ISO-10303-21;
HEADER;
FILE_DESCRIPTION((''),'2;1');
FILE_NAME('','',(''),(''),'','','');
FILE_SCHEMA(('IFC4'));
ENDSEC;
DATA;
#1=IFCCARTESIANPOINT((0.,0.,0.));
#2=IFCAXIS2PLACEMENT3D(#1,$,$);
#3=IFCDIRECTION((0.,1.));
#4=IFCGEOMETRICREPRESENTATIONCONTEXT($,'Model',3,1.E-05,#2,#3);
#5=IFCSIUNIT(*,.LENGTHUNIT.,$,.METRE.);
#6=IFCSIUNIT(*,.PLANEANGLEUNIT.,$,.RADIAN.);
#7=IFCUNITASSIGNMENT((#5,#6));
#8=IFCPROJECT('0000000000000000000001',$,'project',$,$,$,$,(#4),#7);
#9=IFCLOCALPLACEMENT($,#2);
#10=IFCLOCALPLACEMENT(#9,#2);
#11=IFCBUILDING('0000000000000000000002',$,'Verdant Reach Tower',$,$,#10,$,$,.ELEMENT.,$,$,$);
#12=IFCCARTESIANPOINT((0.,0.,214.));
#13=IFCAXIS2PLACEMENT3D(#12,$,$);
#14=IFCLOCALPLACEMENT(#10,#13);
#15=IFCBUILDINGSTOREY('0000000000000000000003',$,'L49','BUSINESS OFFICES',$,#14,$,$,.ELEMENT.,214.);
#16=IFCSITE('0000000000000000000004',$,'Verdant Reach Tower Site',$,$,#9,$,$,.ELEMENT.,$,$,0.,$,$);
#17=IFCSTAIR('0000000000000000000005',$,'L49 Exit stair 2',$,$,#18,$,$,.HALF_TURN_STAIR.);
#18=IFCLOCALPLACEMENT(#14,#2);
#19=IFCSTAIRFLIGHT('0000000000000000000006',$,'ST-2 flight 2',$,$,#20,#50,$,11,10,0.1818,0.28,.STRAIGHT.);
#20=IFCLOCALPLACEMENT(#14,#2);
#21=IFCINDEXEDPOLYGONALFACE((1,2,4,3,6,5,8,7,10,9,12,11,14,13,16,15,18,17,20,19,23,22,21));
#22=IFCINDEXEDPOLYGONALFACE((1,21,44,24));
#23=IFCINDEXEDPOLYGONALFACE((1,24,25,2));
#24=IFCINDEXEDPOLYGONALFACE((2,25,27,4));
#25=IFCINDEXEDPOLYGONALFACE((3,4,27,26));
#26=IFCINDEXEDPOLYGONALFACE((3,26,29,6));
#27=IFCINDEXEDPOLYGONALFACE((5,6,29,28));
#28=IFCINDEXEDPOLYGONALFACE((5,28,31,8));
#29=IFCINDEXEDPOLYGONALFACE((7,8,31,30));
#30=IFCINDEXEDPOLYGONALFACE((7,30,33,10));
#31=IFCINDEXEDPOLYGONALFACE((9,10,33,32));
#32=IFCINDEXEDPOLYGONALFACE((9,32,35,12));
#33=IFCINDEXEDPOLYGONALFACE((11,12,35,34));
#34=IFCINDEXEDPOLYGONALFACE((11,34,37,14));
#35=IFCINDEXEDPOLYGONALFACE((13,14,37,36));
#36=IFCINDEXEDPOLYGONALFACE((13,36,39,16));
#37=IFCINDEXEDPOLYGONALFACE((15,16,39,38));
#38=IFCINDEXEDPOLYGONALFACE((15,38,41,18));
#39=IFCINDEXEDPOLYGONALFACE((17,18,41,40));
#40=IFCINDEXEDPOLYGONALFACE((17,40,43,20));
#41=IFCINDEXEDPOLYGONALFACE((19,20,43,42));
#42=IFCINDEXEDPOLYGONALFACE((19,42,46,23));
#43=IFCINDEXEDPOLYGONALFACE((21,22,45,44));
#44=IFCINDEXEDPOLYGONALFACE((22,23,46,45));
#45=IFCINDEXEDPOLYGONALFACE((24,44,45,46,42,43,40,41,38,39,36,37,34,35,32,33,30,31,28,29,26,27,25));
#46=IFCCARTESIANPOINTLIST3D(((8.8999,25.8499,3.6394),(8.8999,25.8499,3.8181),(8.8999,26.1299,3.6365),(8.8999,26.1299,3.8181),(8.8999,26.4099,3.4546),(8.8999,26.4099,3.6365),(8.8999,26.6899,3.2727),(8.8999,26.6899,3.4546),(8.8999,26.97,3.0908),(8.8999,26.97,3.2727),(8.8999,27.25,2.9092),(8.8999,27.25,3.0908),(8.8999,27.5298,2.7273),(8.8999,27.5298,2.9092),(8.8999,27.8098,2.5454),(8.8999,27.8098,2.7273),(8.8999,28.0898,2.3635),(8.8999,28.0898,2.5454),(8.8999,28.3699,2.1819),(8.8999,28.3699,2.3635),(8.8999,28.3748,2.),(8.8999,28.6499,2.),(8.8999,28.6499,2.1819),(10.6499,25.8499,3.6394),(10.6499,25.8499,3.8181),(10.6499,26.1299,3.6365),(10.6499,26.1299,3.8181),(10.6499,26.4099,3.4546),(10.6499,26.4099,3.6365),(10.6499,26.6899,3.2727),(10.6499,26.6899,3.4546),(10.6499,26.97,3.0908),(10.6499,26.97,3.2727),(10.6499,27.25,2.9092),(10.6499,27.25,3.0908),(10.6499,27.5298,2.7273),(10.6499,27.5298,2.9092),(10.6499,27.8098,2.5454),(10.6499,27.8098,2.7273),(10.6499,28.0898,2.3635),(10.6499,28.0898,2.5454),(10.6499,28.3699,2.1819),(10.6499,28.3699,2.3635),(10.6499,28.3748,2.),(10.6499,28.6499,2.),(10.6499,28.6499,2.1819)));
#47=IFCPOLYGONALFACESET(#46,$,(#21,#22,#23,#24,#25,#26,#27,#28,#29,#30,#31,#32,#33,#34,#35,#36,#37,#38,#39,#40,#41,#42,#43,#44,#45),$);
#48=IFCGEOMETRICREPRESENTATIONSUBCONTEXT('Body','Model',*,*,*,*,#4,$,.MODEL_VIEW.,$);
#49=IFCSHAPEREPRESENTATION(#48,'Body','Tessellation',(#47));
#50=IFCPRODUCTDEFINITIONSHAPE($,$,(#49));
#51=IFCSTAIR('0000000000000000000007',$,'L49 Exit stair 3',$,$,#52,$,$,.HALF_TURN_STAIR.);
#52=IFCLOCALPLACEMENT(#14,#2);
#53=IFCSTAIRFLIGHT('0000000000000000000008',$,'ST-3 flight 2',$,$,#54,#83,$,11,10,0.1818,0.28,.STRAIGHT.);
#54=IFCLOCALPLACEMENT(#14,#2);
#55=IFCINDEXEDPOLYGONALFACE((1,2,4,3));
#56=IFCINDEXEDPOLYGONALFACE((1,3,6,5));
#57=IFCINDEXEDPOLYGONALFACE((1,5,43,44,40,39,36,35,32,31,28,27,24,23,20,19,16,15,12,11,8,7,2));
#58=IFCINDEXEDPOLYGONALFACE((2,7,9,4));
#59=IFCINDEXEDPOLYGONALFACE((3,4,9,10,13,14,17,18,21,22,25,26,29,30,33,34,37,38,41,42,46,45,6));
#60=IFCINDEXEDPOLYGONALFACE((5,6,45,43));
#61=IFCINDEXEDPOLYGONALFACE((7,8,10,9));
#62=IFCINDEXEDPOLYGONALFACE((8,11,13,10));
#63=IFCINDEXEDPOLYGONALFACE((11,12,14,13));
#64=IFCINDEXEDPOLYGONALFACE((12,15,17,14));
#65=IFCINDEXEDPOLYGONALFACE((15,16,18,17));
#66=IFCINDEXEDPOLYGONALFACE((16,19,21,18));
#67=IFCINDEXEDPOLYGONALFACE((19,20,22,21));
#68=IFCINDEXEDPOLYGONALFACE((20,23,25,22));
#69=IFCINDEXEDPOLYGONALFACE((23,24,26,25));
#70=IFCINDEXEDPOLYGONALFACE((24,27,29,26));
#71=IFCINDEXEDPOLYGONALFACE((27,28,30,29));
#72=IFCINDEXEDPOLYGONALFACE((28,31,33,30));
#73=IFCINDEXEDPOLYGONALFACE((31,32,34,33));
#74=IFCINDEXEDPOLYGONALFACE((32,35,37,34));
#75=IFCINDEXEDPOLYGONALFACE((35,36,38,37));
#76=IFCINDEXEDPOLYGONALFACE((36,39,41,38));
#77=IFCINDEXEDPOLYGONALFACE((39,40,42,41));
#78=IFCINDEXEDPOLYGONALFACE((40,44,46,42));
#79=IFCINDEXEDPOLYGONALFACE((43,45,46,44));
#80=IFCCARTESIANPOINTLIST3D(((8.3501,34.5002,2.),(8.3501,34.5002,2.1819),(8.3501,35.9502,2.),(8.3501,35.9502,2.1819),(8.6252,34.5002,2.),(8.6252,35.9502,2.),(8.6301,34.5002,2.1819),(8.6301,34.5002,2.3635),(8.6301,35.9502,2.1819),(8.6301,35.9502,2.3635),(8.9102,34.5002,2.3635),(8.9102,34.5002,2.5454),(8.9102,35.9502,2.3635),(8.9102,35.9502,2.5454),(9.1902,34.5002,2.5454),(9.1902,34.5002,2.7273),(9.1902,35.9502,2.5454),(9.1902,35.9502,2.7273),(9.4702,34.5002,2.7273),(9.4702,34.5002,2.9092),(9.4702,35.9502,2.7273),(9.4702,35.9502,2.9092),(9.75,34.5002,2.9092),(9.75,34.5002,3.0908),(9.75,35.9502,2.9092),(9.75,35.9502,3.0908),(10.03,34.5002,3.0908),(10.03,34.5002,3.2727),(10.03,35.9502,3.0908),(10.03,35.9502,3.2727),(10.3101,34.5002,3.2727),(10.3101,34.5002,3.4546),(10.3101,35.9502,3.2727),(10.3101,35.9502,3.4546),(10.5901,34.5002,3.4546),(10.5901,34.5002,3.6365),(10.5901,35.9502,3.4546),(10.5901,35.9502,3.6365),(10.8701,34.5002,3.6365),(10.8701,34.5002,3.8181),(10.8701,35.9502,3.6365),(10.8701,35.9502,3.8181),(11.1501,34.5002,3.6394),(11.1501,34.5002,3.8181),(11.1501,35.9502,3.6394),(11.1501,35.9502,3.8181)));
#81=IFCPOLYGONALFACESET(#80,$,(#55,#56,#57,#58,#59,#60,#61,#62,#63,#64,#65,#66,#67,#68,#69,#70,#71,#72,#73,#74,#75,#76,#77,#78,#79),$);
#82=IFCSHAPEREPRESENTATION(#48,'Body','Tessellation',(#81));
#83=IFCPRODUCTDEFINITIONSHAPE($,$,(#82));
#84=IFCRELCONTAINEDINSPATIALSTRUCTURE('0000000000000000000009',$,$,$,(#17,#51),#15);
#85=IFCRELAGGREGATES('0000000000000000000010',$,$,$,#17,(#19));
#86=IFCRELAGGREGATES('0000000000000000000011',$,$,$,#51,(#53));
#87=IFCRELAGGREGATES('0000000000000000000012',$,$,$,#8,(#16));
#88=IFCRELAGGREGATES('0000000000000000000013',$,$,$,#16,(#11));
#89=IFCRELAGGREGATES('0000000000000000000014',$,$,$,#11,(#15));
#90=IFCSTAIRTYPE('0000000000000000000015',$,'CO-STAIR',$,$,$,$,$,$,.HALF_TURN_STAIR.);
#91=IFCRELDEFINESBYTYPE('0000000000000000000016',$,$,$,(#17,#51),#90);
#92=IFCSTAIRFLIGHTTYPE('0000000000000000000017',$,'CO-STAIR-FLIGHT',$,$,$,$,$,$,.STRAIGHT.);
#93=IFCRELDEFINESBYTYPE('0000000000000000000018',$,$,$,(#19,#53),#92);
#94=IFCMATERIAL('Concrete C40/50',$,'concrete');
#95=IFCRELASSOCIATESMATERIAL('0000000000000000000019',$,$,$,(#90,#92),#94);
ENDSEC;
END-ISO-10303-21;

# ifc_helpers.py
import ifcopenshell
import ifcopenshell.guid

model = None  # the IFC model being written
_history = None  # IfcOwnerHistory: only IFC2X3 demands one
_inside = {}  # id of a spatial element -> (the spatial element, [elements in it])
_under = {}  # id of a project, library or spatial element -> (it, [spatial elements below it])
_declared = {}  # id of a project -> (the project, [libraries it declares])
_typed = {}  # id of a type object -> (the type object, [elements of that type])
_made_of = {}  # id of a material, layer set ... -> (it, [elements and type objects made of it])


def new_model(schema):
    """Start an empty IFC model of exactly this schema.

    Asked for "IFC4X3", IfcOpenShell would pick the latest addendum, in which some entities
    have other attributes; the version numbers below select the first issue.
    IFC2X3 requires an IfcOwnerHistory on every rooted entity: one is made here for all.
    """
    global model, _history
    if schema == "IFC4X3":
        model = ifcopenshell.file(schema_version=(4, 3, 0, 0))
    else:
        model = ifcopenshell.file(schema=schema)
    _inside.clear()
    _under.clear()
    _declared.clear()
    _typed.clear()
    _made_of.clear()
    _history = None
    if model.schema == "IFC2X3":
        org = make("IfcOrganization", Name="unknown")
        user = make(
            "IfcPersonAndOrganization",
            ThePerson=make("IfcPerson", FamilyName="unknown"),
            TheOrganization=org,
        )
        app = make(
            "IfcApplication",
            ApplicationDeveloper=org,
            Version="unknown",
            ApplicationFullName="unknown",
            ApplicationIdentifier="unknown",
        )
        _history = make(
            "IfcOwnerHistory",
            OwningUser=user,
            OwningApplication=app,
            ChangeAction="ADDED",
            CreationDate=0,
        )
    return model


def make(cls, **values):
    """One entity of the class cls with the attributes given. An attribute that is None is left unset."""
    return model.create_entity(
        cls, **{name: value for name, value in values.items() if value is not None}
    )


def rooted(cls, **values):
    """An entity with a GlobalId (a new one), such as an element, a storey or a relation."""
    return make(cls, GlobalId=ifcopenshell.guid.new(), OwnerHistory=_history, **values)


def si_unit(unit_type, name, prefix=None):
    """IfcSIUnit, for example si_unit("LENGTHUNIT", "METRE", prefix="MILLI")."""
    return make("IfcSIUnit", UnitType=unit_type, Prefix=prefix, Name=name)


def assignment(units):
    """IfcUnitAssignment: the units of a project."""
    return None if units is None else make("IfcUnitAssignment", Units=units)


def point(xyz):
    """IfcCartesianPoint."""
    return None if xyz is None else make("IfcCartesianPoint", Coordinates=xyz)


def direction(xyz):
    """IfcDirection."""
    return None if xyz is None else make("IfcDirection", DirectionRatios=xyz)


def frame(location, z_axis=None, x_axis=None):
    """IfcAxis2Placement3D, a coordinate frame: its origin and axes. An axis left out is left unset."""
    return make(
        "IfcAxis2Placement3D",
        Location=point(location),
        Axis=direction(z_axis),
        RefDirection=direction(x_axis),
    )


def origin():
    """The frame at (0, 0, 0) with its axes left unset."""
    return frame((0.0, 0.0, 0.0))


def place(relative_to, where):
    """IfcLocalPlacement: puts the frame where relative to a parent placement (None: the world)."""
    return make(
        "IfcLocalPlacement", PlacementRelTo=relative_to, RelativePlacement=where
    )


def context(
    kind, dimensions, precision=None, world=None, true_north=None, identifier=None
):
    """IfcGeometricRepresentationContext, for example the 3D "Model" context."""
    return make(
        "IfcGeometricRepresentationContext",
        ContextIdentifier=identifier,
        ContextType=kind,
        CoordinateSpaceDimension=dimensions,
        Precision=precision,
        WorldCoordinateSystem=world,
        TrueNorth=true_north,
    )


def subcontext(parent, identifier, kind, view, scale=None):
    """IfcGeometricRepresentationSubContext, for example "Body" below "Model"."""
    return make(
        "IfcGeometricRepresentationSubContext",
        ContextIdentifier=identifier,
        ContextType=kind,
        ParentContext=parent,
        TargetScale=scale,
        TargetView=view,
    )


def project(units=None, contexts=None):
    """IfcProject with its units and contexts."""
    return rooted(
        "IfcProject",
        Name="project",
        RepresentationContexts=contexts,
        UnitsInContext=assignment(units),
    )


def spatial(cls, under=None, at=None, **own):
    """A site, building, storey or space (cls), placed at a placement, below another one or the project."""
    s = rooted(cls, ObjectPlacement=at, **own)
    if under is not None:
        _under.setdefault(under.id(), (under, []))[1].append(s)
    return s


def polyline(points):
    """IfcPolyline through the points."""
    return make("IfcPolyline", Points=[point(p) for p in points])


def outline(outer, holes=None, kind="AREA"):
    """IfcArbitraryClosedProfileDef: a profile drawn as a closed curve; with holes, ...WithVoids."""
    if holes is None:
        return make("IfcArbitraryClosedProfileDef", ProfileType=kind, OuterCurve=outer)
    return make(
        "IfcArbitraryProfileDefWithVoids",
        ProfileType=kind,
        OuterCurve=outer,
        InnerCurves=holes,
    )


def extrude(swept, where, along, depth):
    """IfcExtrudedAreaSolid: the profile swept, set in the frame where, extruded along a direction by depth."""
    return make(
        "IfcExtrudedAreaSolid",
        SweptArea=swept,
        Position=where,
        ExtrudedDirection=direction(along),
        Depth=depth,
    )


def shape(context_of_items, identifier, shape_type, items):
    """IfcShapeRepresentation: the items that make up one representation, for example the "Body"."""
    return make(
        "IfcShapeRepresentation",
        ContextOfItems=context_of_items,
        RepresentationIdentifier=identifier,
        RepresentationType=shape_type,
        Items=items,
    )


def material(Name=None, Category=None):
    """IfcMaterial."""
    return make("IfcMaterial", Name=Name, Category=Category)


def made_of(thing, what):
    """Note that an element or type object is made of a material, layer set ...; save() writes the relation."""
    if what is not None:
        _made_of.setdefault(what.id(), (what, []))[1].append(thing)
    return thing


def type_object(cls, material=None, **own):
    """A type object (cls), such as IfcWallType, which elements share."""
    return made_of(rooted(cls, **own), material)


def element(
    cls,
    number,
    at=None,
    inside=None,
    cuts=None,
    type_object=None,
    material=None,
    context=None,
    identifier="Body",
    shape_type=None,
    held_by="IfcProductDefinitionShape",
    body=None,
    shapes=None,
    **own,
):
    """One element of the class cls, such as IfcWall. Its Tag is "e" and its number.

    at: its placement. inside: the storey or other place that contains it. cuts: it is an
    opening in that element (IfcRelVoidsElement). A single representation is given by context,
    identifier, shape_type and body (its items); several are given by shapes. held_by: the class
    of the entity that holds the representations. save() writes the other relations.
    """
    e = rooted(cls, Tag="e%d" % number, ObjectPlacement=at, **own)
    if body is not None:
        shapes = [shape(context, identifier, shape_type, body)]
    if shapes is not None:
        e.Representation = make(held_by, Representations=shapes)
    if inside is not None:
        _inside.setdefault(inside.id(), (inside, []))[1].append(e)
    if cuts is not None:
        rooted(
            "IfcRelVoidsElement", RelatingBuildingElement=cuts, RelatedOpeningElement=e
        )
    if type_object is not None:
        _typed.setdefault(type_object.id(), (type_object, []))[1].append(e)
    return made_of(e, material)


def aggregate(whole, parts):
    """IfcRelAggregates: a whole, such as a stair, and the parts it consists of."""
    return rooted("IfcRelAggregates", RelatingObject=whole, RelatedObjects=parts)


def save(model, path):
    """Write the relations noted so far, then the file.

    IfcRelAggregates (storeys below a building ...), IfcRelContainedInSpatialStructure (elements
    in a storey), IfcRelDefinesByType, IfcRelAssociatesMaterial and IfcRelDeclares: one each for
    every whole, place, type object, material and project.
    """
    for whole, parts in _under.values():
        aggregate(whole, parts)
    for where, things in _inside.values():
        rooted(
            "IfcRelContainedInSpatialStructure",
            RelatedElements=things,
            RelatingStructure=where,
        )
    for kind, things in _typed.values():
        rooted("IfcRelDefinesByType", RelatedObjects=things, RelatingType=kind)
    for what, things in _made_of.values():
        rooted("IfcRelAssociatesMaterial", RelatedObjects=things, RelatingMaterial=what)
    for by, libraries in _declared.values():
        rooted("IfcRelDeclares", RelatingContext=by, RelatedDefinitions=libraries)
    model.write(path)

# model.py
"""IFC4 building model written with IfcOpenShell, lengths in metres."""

from ifc_helpers import new_model, si_unit, direction, frame, origin, place, context, subcontext, project, spatial, polyline, outline, extrude, material, type_object, element, aggregate, save


model = new_model("IFC4")

# Units and contexts
model_context = context("Model", 3, precision=1e-05, world=origin(), true_north=direction((0.0, 1.0)))
body_context = subcontext(model_context, "Body", "Model", "MODEL_VIEW")
ifc_project = project(units=[si_unit("LENGTHUNIT", "METRE"), si_unit("PLANEANGLEUNIT", "RADIAN")], contexts=[model_context])

# Site, building, storey
site_placement = place(None, origin())
site = spatial("IfcSite", under=ifc_project, at=site_placement, Name="Verdant Reach Tower Site", CompositionType="ELEMENT", RefElevation=0.0)
building_placement = place(site_placement, origin())
building = spatial("IfcBuilding", under=site, at=building_placement, Name="Verdant Reach Tower", CompositionType="ELEMENT")
storey_placement = place(building_placement, frame((0.0, 0.0, 214.0)))
storey = spatial("IfcBuildingStorey", under=building, at=storey_placement, Name="L49", Description="BUSINESS OFFICES", CompositionType="ELEMENT", Elevation=214.0)

# Shared definitions
ifc_material_1 = material(Name="Concrete C40/50", Category="concrete")

# Stair, stair flight
stair_type = type_object("IfcStairType", Name="CO-STAIR", PredefinedType="HALF_TURN_STAIR", material=ifc_material_1)
stair_1_placement = place(storey_placement, origin())
stair_1 = element("IfcStair", 1, at=stair_1_placement, inside=storey, type_object=stair_type, Name="L49 Exit stair 2", PredefinedType="HALF_TURN_STAIR")
stair_flight_type = type_object("IfcStairFlightType", Name="CO-STAIR-FLIGHT", PredefinedType="STRAIGHT", material=ifc_material_1)
stair_flight_1_placement = place(storey_placement, frame((9.7749, 28.6499, 2.0), z_axis=(0.0, 0.0, 1.0), x_axis=(0.0, -1.0, 0.0)))
stair_flight_1 = element("IfcStairFlight", 2, at=stair_flight_1_placement, type_object=stair_flight_type, Name="ST-2 flight 2", NumberOfRisers=11, NumberOfTreads=10, PredefinedType="STRAIGHT", RiserHeight=0.1818, TreadLength=0.28, context=body_context, shape_type="SweptSolid", body=[
    extrude(outline(polyline([(0.0, 0.0), (0.0, 0.1819), (0.28, 0.1819), (0.28, 0.3635), (0.5601, 0.3635), (0.5601, 0.5454), (0.8401, 0.5454), (0.8401, 0.7273), (1.1201, 0.7273), (1.1201, 0.9092), (1.3999, 0.9092), (1.3999, 1.0908), (1.6799, 1.0908), (1.6799, 1.2727), (1.96, 1.2727), (1.96, 1.4546), (2.24, 1.4546), (2.24, 1.6365), (2.52, 1.6365), (2.52, 1.8181), (2.8, 1.8181), (2.8, 2.0), (2.8, 1.6394), (0.2751, 0.0), (0.0, 0.0)])), frame((0.0, 0.875, 0.0), z_axis=(0.0, -1.0, 0.0), x_axis=(1.0, 0.0, 0.0)), (0.0, 0.0, 1.0), 1.75),
])
aggregate(stair_1, [stair_flight_1])

# Stair, stair flight
stair_2_placement = place(storey_placement, origin())
stair_2 = element("IfcStair", 3, at=stair_2_placement, inside=storey, type_object=stair_type, Name="L49 Exit stair 3", PredefinedType="HALF_TURN_STAIR")
stair_flight_2_placement = place(storey_placement, frame((8.3501, 35.2251, 2.0), z_axis=(0.0, 0.0, 1.0), x_axis=(1.0, 0.0, 0.0)))
stair_flight_2 = element("IfcStairFlight", 4, at=stair_flight_2_placement, type_object=stair_flight_type, Name="ST-3 flight 2", NumberOfRisers=11, NumberOfTreads=10, PredefinedType="STRAIGHT", RiserHeight=0.1818, TreadLength=0.28, context=body_context, shape_type="SweptSolid", body=[
    extrude(outline(polyline([(0.0, 0.0), (0.0, 0.1819), (0.28, 0.1819), (0.28, 0.3635), (0.5601, 0.3635), (0.5601, 0.5454), (0.8401, 0.5454), (0.8401, 0.7273), (1.1201, 0.7273), (1.1201, 0.9092), (1.3999, 0.9092), (1.3999, 1.0908), (1.6799, 1.0908), (1.6799, 1.2727), (1.96, 1.2727), (1.96, 1.4546), (2.24, 1.4546), (2.24, 1.6365), (2.52, 1.6365), (2.52, 1.8181), (2.8, 1.8181), (2.8, 2.0), (2.8, 1.6394), (0.2751, 0.0), (0.0, 0.0)])), frame((0.0, 0.7251, 0.0), z_axis=(0.0, -1.0, 0.0), x_axis=(1.0, 0.0, 0.0)), (0.0, 0.0, 1.0), 1.45),
])
aggregate(stair_2, [stair_flight_2])

save(model, "model.ifc")
